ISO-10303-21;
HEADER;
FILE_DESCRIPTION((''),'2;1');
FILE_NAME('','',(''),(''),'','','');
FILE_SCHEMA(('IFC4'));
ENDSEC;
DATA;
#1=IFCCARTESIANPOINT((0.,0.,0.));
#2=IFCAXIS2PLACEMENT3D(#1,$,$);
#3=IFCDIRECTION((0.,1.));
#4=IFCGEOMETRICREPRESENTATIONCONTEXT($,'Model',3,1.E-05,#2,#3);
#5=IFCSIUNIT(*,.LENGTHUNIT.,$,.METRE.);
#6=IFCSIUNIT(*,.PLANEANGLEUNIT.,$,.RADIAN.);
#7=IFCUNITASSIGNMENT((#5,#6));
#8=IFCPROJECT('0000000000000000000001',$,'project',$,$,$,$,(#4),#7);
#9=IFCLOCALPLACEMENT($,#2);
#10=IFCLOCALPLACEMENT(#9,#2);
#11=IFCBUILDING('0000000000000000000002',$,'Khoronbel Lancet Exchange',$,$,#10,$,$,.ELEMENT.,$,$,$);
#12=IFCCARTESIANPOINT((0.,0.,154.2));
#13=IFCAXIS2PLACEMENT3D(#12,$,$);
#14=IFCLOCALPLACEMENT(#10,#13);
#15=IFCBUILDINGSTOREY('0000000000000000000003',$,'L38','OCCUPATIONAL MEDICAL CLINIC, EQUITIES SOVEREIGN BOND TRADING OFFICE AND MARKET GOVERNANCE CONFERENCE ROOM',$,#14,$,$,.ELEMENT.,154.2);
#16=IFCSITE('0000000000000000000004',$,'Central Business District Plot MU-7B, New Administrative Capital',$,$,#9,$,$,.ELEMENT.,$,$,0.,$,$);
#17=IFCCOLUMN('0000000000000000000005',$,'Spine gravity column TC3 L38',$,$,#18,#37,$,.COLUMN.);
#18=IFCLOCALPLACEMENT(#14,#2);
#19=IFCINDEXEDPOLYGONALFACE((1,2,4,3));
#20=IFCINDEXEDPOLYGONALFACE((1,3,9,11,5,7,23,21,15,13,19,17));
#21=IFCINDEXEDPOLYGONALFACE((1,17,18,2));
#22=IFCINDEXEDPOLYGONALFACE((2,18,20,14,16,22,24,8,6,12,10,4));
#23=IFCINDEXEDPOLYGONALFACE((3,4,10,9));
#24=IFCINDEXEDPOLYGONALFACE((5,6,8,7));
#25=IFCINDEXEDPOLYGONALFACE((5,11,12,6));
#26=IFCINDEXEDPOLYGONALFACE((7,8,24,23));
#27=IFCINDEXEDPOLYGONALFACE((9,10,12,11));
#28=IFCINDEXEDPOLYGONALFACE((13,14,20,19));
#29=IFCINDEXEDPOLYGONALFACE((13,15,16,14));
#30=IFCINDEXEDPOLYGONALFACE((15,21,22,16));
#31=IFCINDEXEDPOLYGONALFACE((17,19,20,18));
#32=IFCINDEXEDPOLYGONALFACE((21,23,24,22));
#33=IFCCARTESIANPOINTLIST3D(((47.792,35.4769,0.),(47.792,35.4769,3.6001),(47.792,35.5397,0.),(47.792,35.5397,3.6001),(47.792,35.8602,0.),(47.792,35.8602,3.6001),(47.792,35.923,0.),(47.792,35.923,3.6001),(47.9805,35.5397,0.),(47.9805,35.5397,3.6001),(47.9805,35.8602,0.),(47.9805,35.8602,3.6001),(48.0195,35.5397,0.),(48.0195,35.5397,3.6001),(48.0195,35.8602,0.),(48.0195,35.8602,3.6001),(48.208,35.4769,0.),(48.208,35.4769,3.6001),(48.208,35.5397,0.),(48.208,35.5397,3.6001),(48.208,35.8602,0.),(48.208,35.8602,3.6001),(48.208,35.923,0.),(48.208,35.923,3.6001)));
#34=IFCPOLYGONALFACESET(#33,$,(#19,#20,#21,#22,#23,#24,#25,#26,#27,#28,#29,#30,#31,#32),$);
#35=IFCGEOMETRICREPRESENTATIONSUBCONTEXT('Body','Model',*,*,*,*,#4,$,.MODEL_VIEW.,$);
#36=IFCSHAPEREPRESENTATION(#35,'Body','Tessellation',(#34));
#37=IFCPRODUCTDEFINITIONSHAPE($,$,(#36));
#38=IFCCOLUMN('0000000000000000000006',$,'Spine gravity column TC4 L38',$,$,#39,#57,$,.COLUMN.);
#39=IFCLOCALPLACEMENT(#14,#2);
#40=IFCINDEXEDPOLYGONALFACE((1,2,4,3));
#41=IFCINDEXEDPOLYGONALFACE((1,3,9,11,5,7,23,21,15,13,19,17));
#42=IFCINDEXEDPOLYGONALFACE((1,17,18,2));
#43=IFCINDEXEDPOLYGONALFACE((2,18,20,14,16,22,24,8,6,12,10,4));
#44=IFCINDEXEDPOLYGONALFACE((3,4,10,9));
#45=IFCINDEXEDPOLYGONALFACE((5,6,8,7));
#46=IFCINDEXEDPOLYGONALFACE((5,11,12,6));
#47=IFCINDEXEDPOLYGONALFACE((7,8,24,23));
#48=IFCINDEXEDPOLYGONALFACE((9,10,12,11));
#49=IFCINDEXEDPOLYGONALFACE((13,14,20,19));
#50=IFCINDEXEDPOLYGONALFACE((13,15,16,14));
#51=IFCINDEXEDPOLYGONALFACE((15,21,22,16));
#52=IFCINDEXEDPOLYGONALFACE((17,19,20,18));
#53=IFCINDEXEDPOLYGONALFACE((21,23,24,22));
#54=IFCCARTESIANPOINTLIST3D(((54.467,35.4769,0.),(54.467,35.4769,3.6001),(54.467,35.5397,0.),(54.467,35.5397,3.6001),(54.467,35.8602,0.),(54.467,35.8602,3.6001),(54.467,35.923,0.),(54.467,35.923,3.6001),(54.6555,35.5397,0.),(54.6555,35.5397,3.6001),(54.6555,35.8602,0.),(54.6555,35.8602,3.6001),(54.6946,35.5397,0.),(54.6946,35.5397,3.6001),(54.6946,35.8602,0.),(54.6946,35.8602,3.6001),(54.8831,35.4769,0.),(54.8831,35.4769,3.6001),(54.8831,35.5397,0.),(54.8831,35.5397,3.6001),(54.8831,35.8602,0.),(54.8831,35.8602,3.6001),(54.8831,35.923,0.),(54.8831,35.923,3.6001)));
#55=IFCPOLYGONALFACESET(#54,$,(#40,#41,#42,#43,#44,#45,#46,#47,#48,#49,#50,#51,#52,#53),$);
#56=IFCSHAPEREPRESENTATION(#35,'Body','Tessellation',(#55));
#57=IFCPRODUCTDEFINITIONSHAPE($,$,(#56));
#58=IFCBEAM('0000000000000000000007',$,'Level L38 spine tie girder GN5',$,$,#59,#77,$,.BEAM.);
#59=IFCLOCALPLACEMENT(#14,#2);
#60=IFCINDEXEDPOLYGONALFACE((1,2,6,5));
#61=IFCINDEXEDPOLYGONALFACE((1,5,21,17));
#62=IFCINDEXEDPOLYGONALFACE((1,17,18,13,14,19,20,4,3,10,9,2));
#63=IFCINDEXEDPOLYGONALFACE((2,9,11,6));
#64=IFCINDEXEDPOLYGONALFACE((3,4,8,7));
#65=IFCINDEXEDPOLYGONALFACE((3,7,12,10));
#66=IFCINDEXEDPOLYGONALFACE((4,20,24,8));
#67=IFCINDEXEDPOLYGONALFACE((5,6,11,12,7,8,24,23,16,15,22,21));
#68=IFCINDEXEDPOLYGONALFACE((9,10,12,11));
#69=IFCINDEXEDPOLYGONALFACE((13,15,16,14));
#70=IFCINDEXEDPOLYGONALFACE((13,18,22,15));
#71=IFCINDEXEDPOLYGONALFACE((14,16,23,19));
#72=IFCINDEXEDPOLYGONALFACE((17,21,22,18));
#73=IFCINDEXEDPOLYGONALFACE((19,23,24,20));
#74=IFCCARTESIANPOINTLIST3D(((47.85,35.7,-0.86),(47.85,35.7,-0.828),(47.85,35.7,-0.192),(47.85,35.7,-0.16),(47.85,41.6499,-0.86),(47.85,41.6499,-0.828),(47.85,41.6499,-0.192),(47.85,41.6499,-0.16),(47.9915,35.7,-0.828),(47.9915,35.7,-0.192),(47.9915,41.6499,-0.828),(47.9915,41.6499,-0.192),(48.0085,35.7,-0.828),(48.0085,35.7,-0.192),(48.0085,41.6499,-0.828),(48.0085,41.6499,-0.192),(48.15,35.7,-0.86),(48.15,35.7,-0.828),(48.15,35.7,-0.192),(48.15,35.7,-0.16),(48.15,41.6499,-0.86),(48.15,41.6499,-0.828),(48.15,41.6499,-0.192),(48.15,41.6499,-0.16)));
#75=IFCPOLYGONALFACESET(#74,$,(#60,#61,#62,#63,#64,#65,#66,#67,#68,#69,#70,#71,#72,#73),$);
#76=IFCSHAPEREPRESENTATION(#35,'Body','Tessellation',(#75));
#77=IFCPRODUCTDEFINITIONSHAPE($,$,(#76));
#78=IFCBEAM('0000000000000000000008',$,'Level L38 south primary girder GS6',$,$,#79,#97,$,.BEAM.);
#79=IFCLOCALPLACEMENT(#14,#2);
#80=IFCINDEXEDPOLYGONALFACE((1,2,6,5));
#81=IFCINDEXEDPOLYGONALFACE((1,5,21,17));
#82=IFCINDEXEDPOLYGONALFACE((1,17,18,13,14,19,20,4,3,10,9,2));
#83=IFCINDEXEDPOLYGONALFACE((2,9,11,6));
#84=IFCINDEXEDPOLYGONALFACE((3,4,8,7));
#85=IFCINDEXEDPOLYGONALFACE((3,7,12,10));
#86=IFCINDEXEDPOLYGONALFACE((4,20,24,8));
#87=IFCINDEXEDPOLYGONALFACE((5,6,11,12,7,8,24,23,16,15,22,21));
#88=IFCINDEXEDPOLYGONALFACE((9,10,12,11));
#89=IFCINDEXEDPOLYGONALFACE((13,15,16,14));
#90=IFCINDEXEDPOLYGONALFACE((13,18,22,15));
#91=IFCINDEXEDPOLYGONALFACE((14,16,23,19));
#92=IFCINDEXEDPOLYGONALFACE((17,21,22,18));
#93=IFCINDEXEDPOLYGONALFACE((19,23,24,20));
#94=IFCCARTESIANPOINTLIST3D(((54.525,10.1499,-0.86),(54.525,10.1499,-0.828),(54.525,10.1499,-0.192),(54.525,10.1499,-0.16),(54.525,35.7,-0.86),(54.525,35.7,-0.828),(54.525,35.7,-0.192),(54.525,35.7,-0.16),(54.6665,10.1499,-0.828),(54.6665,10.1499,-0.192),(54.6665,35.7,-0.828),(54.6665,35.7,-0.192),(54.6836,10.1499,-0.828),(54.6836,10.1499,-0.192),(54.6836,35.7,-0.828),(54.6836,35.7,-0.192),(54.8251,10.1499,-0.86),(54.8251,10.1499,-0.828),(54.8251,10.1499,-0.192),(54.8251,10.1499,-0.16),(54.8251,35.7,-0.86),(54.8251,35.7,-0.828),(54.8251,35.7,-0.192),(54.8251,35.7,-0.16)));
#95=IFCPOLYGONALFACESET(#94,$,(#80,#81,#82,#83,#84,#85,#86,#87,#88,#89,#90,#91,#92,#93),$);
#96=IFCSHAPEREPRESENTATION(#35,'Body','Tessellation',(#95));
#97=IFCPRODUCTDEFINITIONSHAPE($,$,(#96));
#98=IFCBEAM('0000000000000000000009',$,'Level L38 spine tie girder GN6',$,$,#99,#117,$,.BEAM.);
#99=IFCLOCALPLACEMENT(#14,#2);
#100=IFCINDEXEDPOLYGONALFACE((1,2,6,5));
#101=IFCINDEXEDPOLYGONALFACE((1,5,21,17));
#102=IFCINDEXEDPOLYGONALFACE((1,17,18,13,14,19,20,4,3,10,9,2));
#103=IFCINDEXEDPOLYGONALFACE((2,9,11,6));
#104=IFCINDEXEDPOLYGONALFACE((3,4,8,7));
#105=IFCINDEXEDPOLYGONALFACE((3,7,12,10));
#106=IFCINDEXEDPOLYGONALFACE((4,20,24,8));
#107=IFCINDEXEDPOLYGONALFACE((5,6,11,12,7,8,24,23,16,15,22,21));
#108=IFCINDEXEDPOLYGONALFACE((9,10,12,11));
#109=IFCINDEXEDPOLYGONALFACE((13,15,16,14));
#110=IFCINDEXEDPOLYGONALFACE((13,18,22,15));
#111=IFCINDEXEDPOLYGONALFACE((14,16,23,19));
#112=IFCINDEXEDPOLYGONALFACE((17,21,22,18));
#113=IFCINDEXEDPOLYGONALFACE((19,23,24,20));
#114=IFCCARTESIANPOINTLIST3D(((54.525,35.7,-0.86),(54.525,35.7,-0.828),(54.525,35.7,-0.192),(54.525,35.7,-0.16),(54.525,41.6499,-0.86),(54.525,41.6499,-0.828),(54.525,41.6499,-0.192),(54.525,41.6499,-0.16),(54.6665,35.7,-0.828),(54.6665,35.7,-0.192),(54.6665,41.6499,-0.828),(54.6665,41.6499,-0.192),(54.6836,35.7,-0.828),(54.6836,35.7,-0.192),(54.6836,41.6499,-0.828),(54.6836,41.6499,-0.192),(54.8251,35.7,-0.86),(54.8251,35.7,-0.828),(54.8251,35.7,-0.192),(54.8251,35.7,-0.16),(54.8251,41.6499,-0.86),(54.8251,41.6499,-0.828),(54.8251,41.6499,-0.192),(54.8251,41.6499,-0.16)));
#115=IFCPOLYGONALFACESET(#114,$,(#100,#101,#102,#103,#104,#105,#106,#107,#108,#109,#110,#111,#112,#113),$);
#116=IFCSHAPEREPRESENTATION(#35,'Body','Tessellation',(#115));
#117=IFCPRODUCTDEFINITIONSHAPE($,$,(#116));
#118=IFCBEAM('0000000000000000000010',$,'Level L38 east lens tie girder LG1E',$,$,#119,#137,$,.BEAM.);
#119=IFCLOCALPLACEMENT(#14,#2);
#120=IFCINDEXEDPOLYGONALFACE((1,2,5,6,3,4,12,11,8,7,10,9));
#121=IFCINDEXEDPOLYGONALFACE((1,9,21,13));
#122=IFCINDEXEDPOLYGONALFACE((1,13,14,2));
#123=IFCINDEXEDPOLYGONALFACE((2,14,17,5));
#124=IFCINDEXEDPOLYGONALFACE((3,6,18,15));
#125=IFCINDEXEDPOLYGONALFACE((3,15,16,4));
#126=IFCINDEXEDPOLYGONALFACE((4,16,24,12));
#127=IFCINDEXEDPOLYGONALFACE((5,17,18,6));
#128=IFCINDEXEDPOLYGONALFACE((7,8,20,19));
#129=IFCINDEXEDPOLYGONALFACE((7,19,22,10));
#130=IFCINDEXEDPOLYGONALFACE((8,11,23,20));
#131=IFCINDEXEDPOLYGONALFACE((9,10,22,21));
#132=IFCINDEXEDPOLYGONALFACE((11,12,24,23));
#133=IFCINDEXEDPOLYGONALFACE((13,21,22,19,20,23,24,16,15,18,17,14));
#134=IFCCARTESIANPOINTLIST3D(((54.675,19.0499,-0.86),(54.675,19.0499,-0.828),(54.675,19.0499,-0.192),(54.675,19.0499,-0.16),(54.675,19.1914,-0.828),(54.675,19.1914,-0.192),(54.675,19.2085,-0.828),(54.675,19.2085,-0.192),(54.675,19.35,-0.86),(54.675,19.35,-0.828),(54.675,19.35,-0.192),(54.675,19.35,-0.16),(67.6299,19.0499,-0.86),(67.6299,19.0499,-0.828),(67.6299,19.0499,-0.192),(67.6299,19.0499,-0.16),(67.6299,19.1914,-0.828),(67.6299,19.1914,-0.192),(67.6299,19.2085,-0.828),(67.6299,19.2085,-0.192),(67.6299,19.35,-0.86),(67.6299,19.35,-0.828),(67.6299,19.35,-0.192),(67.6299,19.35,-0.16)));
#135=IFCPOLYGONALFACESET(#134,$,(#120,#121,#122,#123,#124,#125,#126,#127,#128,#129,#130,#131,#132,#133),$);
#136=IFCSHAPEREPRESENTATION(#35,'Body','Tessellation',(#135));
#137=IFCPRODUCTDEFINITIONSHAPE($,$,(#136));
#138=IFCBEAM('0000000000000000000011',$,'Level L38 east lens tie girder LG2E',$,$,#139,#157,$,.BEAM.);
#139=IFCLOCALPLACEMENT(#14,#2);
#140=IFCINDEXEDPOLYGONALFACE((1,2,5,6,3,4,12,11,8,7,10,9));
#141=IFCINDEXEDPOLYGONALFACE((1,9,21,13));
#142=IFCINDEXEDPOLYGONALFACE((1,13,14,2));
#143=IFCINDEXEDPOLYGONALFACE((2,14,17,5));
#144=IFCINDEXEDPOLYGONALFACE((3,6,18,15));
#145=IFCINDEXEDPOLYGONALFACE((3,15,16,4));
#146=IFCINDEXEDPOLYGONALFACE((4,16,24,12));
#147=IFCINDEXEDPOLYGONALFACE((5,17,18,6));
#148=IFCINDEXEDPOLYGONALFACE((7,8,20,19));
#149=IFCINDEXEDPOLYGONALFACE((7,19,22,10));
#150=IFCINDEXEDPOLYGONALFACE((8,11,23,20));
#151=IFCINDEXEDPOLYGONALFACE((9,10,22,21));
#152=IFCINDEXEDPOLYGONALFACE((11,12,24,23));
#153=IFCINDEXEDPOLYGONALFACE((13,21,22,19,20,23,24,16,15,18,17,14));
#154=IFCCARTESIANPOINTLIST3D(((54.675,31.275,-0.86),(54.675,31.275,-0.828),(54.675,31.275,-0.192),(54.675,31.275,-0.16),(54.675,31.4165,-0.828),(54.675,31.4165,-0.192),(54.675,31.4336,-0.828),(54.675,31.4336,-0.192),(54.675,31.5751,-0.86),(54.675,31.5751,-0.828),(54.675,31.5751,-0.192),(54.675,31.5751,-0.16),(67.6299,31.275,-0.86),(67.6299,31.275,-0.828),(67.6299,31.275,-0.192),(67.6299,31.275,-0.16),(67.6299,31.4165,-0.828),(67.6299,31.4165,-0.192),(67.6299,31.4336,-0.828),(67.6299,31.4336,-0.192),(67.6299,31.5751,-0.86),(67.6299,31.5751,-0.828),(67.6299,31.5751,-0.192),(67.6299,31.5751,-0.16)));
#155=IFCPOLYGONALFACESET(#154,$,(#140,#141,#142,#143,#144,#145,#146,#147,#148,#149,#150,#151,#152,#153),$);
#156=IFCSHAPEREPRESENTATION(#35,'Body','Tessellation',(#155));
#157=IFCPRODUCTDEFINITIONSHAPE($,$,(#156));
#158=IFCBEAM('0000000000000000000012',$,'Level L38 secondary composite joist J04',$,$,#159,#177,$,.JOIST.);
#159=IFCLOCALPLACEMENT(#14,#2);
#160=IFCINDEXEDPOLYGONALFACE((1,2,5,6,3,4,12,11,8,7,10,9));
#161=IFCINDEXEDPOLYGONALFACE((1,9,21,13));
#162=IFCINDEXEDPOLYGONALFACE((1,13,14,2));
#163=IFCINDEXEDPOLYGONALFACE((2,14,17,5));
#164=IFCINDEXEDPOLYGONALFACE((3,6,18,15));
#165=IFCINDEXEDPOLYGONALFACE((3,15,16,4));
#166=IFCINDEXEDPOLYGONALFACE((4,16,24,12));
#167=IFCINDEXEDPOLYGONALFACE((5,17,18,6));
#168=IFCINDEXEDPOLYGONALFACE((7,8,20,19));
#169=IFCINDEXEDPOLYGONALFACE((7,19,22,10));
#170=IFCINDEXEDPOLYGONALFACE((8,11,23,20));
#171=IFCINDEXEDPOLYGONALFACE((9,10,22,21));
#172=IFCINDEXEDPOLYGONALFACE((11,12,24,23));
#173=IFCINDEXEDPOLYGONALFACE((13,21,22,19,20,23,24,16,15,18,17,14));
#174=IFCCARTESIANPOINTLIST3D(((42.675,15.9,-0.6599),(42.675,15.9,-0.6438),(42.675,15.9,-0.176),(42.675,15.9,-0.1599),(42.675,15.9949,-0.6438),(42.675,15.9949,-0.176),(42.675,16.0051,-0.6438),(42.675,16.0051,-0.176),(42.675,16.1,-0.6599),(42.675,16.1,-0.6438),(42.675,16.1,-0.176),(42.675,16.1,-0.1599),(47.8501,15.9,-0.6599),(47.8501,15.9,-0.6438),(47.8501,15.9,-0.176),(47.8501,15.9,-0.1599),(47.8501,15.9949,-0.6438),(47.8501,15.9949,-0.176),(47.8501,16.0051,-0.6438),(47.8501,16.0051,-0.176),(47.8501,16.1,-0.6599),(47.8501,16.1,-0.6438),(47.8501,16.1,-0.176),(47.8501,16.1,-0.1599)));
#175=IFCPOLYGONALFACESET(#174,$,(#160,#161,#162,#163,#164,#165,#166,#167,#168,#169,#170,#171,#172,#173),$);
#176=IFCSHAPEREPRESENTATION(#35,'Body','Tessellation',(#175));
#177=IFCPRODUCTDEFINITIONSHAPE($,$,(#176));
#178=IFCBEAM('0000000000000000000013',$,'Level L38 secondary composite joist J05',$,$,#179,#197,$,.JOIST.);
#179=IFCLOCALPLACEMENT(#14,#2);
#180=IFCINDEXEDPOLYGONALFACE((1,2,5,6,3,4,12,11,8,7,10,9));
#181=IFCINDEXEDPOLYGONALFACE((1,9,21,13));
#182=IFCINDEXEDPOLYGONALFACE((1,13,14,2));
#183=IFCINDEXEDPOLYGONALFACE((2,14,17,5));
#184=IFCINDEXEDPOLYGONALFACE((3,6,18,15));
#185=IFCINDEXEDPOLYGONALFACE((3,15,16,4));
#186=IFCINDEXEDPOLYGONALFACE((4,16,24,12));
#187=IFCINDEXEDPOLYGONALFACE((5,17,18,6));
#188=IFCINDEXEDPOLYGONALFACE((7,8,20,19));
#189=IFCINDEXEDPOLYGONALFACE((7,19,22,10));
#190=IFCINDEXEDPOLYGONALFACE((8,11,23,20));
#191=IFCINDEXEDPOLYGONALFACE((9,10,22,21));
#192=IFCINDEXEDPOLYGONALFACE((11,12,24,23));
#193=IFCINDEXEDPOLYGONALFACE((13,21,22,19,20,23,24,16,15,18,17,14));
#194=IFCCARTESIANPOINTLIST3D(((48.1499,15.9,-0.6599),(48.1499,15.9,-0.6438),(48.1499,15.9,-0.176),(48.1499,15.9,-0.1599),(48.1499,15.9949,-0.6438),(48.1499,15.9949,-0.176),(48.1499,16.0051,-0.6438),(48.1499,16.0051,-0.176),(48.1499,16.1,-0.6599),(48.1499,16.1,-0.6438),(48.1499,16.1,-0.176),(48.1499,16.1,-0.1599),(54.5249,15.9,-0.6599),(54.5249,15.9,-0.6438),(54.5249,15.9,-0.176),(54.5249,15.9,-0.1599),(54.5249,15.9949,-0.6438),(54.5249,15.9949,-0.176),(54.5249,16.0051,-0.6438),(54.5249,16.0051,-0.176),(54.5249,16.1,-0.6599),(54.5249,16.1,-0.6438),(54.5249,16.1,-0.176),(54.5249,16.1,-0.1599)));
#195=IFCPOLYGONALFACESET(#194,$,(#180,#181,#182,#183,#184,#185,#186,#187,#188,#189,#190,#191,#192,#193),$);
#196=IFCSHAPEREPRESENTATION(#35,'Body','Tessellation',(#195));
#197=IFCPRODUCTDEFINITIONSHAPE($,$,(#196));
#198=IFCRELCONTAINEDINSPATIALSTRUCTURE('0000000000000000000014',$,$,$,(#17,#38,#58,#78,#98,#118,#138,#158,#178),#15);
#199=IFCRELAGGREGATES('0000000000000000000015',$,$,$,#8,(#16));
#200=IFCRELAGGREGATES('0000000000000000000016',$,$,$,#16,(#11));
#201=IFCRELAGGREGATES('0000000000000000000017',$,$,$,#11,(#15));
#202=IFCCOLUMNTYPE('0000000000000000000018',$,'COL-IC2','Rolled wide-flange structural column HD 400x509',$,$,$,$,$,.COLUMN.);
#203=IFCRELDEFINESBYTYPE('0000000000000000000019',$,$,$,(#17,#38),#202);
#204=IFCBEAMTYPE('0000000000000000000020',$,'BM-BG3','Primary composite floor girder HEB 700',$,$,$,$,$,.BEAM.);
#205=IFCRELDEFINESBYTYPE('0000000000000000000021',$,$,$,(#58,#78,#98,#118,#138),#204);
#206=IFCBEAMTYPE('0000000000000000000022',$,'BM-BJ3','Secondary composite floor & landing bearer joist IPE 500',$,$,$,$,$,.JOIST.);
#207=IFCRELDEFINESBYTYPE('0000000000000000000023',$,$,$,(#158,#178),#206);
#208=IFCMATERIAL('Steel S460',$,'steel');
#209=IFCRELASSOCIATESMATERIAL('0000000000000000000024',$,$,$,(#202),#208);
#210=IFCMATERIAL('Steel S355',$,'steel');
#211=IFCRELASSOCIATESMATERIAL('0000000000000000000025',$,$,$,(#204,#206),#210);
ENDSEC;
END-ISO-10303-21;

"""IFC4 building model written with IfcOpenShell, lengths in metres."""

from ifc_helpers import new_model, si_unit, direction, frame, origin, origin_2d, place, context, subcontext, project, spatial, i_section, extrude, material, material_profile, profile_set, type_object, element, save


model = new_model("IFC4")

# Units and contexts
model_context = context("Model", 3, precision=1e-05, world=origin(), true_north=direction((0.0, 1.0)))
body_context = subcontext(model_context, "Body", "Model", "MODEL_VIEW")
ifc_project = project(units=[si_unit("LENGTHUNIT", "METRE"), si_unit("PLANEANGLEUNIT", "RADIAN")], contexts=[model_context])

# Site, building, storey
site_placement = place(None, origin())
site = spatial("IfcSite", under=ifc_project, at=site_placement, Name="Central Business District Plot MU-7B, New Administrative Capital", CompositionType="ELEMENT", RefElevation=0.0)
building_placement = place(site_placement, origin())
building = spatial("IfcBuilding", under=site, at=building_placement, Name="Khoronbel Lancet Exchange", CompositionType="ELEMENT")
storey_placement = place(building_placement, frame((0.0, 0.0, 154.2)))
storey = spatial("IfcBuildingStorey", under=building, at=storey_placement, Name="L38", Description="OCCUPATIONAL MEDICAL CLINIC, EQUITIES SOVEREIGN BOND TRADING OFFICE AND MARKET GOVERNANCE CONFERENCE ROOM", CompositionType="ELEMENT", Elevation=154.2)

# Columns
ifc_material_1 = material(Name="Steel S460", Category="steel")
ifc_material_profile_1 = material_profile(ifc_material_1, i_section(OverallWidth=0.416, OverallDepth=0.446, WebThickness=0.0391, FlangeThickness=0.0627, at=origin_2d()), Name="HD 400x509")
ifc_profile_set_1 = profile_set([ifc_material_profile_1], Name="Steel S460")
column_type = type_object("IfcColumnType", Name="COL-IC2", Description="Rolled wide-flange structural column HD 400x509", PredefinedType="COLUMN", material=ifc_profile_set_1)
for number, where, z_axis, x_axis, name in (
    (1, (48.0, 35.7, 0.0), (0.0, 0.0, 1.0), (1.0, 0.0, 0.0), "Spine gravity column TC3 L38"),
    (2, (54.675, 35.7, 0.0), (0.0, 0.0, 1.0), (1.0, 0.0, 0.0), "Spine gravity column TC4 L38"),
):
    element("IfcColumn", number, at=place(storey_placement, frame(where, z_axis=z_axis, x_axis=x_axis)), inside=storey, type_object=column_type, Name=name, PredefinedType="COLUMN", context=body_context, shape_type="SweptSolid", body=[
        extrude(i_section(OverallWidth=0.416, OverallDepth=0.446, WebThickness=0.0391, FlangeThickness=0.0627, at=origin_2d()), origin(), (0.0, 0.0, 1.0), 3.6001),
    ])

# Beams
ifc_material_2 = material(Name="Steel S355", Category="steel")
ifc_material_profile_2 = material_profile(ifc_material_2, i_section(OverallWidth=0.3, OverallDepth=0.7, WebThickness=0.0171, FlangeThickness=0.032, at=origin_2d()), Name="HEB 700")
ifc_profile_set_2 = profile_set([ifc_material_profile_2], Name="Steel S355")
beam_type_1 = type_object("IfcBeamType", Name="BM-BG3", Description="Primary composite floor girder HEB 700", PredefinedType="BEAM", material=ifc_profile_set_2)
beam_1_placement = place(storey_placement, frame((48.0, 35.7, -0.51), z_axis=(0.0, 1.0, 0.0), x_axis=(-1.0, 0.0, 0.0)))
element("IfcBeam", 3, at=beam_1_placement, inside=storey, type_object=beam_type_1, Name="Level L38 spine tie girder GN5", PredefinedType="BEAM", context=body_context, shape_type="SweptSolid", body=[
    extrude(i_section(OverallWidth=0.3, OverallDepth=0.7, WebThickness=0.0171, FlangeThickness=0.032, at=origin_2d()), origin(), (0.0, 0.0, 1.0), 5.95),
])
beam_2_placement = place(storey_placement, frame((54.675, 10.1499, -0.51), z_axis=(0.0, 1.0, 0.0), x_axis=(-1.0, 0.0, 0.0)))
element("IfcBeam", 4, at=beam_2_placement, inside=storey, type_object=beam_type_1, Name="Level L38 south primary girder GS6", PredefinedType="BEAM", context=body_context, shape_type="SweptSolid", body=[
    extrude(i_section(OverallWidth=0.3, OverallDepth=0.7, WebThickness=0.0171, FlangeThickness=0.032, at=origin_2d()), origin(), (0.0, 0.0, 1.0), 25.55),
])
beam_3_placement = place(storey_placement, frame((54.675, 35.7, -0.51), z_axis=(0.0, 1.0, 0.0), x_axis=(-1.0, 0.0, 0.0)))
element("IfcBeam", 5, at=beam_3_placement, inside=storey, type_object=beam_type_1, Name="Level L38 spine tie girder GN6", PredefinedType="BEAM", context=body_context, shape_type="SweptSolid", body=[
    extrude(i_section(OverallWidth=0.3, OverallDepth=0.7, WebThickness=0.0171, FlangeThickness=0.032, at=origin_2d()), origin(), (0.0, 0.0, 1.0), 5.95),
])
for number, where, z_axis, x_axis, name in (
    (6, (54.675, 19.2, -0.51), (1.0, 0.0, 0.0), (0.0, 1.0, 0.0), "Level L38 east lens tie girder LG1E"),
    (7, (54.675, 31.425, -0.51), (1.0, 0.0, 0.0), (0.0, 1.0, 0.0), "Level L38 east lens tie girder LG2E"),
):
    element("IfcBeam", number, at=place(storey_placement, frame(where, z_axis=z_axis, x_axis=x_axis)), inside=storey, type_object=beam_type_1, Name=name, PredefinedType="BEAM", context=body_context, shape_type="SweptSolid", body=[
        extrude(i_section(OverallWidth=0.3, OverallDepth=0.7, WebThickness=0.0171, FlangeThickness=0.032, at=origin_2d()), origin(), (0.0, 0.0, 1.0), 12.9548),
    ])
ifc_material_profile_3 = material_profile(ifc_material_2, i_section(OverallWidth=0.2, OverallDepth=0.5, WebThickness=0.0103, FlangeThickness=0.0161, at=origin_2d()), Name="IPE 500")
ifc_profile_set_3 = profile_set([ifc_material_profile_3], Name="Steel S355")
beam_type_2 = type_object("IfcBeamType", Name="BM-BJ3", Description="Secondary composite floor & landing bearer joist IPE 500", PredefinedType="JOIST", material=ifc_profile_set_3)
beam_4_placement = place(storey_placement, frame((42.675, 16.0, -0.4099), z_axis=(1.0, 0.0, 0.0), x_axis=(0.0, 1.0, 0.0)))
element("IfcBeam", 8, at=beam_4_placement, inside=storey, type_object=beam_type_2, Name="Level L38 secondary composite joist J04", PredefinedType="JOIST", context=body_context, shape_type="SweptSolid", body=[
    extrude(i_section(OverallWidth=0.2, OverallDepth=0.5, WebThickness=0.0103, FlangeThickness=0.0161, at=origin_2d()), origin(), (0.0, 0.0, 1.0), 5.175),
])
beam_5_placement = place(storey_placement, frame((48.1499, 16.0, -0.4099), z_axis=(1.0, 0.0, 0.0), x_axis=(0.0, 1.0, 0.0)))
element("IfcBeam", 9, at=beam_5_placement, inside=storey, type_object=beam_type_2, Name="Level L38 secondary composite joist J05", PredefinedType="JOIST", context=body_context, shape_type="SweptSolid", body=[
    extrude(i_section(OverallWidth=0.2, OverallDepth=0.5, WebThickness=0.0103, FlangeThickness=0.0161, at=origin_2d()), origin(), (0.0, 0.0, 1.0), 6.375),
])

save(model, "model.ifc")
